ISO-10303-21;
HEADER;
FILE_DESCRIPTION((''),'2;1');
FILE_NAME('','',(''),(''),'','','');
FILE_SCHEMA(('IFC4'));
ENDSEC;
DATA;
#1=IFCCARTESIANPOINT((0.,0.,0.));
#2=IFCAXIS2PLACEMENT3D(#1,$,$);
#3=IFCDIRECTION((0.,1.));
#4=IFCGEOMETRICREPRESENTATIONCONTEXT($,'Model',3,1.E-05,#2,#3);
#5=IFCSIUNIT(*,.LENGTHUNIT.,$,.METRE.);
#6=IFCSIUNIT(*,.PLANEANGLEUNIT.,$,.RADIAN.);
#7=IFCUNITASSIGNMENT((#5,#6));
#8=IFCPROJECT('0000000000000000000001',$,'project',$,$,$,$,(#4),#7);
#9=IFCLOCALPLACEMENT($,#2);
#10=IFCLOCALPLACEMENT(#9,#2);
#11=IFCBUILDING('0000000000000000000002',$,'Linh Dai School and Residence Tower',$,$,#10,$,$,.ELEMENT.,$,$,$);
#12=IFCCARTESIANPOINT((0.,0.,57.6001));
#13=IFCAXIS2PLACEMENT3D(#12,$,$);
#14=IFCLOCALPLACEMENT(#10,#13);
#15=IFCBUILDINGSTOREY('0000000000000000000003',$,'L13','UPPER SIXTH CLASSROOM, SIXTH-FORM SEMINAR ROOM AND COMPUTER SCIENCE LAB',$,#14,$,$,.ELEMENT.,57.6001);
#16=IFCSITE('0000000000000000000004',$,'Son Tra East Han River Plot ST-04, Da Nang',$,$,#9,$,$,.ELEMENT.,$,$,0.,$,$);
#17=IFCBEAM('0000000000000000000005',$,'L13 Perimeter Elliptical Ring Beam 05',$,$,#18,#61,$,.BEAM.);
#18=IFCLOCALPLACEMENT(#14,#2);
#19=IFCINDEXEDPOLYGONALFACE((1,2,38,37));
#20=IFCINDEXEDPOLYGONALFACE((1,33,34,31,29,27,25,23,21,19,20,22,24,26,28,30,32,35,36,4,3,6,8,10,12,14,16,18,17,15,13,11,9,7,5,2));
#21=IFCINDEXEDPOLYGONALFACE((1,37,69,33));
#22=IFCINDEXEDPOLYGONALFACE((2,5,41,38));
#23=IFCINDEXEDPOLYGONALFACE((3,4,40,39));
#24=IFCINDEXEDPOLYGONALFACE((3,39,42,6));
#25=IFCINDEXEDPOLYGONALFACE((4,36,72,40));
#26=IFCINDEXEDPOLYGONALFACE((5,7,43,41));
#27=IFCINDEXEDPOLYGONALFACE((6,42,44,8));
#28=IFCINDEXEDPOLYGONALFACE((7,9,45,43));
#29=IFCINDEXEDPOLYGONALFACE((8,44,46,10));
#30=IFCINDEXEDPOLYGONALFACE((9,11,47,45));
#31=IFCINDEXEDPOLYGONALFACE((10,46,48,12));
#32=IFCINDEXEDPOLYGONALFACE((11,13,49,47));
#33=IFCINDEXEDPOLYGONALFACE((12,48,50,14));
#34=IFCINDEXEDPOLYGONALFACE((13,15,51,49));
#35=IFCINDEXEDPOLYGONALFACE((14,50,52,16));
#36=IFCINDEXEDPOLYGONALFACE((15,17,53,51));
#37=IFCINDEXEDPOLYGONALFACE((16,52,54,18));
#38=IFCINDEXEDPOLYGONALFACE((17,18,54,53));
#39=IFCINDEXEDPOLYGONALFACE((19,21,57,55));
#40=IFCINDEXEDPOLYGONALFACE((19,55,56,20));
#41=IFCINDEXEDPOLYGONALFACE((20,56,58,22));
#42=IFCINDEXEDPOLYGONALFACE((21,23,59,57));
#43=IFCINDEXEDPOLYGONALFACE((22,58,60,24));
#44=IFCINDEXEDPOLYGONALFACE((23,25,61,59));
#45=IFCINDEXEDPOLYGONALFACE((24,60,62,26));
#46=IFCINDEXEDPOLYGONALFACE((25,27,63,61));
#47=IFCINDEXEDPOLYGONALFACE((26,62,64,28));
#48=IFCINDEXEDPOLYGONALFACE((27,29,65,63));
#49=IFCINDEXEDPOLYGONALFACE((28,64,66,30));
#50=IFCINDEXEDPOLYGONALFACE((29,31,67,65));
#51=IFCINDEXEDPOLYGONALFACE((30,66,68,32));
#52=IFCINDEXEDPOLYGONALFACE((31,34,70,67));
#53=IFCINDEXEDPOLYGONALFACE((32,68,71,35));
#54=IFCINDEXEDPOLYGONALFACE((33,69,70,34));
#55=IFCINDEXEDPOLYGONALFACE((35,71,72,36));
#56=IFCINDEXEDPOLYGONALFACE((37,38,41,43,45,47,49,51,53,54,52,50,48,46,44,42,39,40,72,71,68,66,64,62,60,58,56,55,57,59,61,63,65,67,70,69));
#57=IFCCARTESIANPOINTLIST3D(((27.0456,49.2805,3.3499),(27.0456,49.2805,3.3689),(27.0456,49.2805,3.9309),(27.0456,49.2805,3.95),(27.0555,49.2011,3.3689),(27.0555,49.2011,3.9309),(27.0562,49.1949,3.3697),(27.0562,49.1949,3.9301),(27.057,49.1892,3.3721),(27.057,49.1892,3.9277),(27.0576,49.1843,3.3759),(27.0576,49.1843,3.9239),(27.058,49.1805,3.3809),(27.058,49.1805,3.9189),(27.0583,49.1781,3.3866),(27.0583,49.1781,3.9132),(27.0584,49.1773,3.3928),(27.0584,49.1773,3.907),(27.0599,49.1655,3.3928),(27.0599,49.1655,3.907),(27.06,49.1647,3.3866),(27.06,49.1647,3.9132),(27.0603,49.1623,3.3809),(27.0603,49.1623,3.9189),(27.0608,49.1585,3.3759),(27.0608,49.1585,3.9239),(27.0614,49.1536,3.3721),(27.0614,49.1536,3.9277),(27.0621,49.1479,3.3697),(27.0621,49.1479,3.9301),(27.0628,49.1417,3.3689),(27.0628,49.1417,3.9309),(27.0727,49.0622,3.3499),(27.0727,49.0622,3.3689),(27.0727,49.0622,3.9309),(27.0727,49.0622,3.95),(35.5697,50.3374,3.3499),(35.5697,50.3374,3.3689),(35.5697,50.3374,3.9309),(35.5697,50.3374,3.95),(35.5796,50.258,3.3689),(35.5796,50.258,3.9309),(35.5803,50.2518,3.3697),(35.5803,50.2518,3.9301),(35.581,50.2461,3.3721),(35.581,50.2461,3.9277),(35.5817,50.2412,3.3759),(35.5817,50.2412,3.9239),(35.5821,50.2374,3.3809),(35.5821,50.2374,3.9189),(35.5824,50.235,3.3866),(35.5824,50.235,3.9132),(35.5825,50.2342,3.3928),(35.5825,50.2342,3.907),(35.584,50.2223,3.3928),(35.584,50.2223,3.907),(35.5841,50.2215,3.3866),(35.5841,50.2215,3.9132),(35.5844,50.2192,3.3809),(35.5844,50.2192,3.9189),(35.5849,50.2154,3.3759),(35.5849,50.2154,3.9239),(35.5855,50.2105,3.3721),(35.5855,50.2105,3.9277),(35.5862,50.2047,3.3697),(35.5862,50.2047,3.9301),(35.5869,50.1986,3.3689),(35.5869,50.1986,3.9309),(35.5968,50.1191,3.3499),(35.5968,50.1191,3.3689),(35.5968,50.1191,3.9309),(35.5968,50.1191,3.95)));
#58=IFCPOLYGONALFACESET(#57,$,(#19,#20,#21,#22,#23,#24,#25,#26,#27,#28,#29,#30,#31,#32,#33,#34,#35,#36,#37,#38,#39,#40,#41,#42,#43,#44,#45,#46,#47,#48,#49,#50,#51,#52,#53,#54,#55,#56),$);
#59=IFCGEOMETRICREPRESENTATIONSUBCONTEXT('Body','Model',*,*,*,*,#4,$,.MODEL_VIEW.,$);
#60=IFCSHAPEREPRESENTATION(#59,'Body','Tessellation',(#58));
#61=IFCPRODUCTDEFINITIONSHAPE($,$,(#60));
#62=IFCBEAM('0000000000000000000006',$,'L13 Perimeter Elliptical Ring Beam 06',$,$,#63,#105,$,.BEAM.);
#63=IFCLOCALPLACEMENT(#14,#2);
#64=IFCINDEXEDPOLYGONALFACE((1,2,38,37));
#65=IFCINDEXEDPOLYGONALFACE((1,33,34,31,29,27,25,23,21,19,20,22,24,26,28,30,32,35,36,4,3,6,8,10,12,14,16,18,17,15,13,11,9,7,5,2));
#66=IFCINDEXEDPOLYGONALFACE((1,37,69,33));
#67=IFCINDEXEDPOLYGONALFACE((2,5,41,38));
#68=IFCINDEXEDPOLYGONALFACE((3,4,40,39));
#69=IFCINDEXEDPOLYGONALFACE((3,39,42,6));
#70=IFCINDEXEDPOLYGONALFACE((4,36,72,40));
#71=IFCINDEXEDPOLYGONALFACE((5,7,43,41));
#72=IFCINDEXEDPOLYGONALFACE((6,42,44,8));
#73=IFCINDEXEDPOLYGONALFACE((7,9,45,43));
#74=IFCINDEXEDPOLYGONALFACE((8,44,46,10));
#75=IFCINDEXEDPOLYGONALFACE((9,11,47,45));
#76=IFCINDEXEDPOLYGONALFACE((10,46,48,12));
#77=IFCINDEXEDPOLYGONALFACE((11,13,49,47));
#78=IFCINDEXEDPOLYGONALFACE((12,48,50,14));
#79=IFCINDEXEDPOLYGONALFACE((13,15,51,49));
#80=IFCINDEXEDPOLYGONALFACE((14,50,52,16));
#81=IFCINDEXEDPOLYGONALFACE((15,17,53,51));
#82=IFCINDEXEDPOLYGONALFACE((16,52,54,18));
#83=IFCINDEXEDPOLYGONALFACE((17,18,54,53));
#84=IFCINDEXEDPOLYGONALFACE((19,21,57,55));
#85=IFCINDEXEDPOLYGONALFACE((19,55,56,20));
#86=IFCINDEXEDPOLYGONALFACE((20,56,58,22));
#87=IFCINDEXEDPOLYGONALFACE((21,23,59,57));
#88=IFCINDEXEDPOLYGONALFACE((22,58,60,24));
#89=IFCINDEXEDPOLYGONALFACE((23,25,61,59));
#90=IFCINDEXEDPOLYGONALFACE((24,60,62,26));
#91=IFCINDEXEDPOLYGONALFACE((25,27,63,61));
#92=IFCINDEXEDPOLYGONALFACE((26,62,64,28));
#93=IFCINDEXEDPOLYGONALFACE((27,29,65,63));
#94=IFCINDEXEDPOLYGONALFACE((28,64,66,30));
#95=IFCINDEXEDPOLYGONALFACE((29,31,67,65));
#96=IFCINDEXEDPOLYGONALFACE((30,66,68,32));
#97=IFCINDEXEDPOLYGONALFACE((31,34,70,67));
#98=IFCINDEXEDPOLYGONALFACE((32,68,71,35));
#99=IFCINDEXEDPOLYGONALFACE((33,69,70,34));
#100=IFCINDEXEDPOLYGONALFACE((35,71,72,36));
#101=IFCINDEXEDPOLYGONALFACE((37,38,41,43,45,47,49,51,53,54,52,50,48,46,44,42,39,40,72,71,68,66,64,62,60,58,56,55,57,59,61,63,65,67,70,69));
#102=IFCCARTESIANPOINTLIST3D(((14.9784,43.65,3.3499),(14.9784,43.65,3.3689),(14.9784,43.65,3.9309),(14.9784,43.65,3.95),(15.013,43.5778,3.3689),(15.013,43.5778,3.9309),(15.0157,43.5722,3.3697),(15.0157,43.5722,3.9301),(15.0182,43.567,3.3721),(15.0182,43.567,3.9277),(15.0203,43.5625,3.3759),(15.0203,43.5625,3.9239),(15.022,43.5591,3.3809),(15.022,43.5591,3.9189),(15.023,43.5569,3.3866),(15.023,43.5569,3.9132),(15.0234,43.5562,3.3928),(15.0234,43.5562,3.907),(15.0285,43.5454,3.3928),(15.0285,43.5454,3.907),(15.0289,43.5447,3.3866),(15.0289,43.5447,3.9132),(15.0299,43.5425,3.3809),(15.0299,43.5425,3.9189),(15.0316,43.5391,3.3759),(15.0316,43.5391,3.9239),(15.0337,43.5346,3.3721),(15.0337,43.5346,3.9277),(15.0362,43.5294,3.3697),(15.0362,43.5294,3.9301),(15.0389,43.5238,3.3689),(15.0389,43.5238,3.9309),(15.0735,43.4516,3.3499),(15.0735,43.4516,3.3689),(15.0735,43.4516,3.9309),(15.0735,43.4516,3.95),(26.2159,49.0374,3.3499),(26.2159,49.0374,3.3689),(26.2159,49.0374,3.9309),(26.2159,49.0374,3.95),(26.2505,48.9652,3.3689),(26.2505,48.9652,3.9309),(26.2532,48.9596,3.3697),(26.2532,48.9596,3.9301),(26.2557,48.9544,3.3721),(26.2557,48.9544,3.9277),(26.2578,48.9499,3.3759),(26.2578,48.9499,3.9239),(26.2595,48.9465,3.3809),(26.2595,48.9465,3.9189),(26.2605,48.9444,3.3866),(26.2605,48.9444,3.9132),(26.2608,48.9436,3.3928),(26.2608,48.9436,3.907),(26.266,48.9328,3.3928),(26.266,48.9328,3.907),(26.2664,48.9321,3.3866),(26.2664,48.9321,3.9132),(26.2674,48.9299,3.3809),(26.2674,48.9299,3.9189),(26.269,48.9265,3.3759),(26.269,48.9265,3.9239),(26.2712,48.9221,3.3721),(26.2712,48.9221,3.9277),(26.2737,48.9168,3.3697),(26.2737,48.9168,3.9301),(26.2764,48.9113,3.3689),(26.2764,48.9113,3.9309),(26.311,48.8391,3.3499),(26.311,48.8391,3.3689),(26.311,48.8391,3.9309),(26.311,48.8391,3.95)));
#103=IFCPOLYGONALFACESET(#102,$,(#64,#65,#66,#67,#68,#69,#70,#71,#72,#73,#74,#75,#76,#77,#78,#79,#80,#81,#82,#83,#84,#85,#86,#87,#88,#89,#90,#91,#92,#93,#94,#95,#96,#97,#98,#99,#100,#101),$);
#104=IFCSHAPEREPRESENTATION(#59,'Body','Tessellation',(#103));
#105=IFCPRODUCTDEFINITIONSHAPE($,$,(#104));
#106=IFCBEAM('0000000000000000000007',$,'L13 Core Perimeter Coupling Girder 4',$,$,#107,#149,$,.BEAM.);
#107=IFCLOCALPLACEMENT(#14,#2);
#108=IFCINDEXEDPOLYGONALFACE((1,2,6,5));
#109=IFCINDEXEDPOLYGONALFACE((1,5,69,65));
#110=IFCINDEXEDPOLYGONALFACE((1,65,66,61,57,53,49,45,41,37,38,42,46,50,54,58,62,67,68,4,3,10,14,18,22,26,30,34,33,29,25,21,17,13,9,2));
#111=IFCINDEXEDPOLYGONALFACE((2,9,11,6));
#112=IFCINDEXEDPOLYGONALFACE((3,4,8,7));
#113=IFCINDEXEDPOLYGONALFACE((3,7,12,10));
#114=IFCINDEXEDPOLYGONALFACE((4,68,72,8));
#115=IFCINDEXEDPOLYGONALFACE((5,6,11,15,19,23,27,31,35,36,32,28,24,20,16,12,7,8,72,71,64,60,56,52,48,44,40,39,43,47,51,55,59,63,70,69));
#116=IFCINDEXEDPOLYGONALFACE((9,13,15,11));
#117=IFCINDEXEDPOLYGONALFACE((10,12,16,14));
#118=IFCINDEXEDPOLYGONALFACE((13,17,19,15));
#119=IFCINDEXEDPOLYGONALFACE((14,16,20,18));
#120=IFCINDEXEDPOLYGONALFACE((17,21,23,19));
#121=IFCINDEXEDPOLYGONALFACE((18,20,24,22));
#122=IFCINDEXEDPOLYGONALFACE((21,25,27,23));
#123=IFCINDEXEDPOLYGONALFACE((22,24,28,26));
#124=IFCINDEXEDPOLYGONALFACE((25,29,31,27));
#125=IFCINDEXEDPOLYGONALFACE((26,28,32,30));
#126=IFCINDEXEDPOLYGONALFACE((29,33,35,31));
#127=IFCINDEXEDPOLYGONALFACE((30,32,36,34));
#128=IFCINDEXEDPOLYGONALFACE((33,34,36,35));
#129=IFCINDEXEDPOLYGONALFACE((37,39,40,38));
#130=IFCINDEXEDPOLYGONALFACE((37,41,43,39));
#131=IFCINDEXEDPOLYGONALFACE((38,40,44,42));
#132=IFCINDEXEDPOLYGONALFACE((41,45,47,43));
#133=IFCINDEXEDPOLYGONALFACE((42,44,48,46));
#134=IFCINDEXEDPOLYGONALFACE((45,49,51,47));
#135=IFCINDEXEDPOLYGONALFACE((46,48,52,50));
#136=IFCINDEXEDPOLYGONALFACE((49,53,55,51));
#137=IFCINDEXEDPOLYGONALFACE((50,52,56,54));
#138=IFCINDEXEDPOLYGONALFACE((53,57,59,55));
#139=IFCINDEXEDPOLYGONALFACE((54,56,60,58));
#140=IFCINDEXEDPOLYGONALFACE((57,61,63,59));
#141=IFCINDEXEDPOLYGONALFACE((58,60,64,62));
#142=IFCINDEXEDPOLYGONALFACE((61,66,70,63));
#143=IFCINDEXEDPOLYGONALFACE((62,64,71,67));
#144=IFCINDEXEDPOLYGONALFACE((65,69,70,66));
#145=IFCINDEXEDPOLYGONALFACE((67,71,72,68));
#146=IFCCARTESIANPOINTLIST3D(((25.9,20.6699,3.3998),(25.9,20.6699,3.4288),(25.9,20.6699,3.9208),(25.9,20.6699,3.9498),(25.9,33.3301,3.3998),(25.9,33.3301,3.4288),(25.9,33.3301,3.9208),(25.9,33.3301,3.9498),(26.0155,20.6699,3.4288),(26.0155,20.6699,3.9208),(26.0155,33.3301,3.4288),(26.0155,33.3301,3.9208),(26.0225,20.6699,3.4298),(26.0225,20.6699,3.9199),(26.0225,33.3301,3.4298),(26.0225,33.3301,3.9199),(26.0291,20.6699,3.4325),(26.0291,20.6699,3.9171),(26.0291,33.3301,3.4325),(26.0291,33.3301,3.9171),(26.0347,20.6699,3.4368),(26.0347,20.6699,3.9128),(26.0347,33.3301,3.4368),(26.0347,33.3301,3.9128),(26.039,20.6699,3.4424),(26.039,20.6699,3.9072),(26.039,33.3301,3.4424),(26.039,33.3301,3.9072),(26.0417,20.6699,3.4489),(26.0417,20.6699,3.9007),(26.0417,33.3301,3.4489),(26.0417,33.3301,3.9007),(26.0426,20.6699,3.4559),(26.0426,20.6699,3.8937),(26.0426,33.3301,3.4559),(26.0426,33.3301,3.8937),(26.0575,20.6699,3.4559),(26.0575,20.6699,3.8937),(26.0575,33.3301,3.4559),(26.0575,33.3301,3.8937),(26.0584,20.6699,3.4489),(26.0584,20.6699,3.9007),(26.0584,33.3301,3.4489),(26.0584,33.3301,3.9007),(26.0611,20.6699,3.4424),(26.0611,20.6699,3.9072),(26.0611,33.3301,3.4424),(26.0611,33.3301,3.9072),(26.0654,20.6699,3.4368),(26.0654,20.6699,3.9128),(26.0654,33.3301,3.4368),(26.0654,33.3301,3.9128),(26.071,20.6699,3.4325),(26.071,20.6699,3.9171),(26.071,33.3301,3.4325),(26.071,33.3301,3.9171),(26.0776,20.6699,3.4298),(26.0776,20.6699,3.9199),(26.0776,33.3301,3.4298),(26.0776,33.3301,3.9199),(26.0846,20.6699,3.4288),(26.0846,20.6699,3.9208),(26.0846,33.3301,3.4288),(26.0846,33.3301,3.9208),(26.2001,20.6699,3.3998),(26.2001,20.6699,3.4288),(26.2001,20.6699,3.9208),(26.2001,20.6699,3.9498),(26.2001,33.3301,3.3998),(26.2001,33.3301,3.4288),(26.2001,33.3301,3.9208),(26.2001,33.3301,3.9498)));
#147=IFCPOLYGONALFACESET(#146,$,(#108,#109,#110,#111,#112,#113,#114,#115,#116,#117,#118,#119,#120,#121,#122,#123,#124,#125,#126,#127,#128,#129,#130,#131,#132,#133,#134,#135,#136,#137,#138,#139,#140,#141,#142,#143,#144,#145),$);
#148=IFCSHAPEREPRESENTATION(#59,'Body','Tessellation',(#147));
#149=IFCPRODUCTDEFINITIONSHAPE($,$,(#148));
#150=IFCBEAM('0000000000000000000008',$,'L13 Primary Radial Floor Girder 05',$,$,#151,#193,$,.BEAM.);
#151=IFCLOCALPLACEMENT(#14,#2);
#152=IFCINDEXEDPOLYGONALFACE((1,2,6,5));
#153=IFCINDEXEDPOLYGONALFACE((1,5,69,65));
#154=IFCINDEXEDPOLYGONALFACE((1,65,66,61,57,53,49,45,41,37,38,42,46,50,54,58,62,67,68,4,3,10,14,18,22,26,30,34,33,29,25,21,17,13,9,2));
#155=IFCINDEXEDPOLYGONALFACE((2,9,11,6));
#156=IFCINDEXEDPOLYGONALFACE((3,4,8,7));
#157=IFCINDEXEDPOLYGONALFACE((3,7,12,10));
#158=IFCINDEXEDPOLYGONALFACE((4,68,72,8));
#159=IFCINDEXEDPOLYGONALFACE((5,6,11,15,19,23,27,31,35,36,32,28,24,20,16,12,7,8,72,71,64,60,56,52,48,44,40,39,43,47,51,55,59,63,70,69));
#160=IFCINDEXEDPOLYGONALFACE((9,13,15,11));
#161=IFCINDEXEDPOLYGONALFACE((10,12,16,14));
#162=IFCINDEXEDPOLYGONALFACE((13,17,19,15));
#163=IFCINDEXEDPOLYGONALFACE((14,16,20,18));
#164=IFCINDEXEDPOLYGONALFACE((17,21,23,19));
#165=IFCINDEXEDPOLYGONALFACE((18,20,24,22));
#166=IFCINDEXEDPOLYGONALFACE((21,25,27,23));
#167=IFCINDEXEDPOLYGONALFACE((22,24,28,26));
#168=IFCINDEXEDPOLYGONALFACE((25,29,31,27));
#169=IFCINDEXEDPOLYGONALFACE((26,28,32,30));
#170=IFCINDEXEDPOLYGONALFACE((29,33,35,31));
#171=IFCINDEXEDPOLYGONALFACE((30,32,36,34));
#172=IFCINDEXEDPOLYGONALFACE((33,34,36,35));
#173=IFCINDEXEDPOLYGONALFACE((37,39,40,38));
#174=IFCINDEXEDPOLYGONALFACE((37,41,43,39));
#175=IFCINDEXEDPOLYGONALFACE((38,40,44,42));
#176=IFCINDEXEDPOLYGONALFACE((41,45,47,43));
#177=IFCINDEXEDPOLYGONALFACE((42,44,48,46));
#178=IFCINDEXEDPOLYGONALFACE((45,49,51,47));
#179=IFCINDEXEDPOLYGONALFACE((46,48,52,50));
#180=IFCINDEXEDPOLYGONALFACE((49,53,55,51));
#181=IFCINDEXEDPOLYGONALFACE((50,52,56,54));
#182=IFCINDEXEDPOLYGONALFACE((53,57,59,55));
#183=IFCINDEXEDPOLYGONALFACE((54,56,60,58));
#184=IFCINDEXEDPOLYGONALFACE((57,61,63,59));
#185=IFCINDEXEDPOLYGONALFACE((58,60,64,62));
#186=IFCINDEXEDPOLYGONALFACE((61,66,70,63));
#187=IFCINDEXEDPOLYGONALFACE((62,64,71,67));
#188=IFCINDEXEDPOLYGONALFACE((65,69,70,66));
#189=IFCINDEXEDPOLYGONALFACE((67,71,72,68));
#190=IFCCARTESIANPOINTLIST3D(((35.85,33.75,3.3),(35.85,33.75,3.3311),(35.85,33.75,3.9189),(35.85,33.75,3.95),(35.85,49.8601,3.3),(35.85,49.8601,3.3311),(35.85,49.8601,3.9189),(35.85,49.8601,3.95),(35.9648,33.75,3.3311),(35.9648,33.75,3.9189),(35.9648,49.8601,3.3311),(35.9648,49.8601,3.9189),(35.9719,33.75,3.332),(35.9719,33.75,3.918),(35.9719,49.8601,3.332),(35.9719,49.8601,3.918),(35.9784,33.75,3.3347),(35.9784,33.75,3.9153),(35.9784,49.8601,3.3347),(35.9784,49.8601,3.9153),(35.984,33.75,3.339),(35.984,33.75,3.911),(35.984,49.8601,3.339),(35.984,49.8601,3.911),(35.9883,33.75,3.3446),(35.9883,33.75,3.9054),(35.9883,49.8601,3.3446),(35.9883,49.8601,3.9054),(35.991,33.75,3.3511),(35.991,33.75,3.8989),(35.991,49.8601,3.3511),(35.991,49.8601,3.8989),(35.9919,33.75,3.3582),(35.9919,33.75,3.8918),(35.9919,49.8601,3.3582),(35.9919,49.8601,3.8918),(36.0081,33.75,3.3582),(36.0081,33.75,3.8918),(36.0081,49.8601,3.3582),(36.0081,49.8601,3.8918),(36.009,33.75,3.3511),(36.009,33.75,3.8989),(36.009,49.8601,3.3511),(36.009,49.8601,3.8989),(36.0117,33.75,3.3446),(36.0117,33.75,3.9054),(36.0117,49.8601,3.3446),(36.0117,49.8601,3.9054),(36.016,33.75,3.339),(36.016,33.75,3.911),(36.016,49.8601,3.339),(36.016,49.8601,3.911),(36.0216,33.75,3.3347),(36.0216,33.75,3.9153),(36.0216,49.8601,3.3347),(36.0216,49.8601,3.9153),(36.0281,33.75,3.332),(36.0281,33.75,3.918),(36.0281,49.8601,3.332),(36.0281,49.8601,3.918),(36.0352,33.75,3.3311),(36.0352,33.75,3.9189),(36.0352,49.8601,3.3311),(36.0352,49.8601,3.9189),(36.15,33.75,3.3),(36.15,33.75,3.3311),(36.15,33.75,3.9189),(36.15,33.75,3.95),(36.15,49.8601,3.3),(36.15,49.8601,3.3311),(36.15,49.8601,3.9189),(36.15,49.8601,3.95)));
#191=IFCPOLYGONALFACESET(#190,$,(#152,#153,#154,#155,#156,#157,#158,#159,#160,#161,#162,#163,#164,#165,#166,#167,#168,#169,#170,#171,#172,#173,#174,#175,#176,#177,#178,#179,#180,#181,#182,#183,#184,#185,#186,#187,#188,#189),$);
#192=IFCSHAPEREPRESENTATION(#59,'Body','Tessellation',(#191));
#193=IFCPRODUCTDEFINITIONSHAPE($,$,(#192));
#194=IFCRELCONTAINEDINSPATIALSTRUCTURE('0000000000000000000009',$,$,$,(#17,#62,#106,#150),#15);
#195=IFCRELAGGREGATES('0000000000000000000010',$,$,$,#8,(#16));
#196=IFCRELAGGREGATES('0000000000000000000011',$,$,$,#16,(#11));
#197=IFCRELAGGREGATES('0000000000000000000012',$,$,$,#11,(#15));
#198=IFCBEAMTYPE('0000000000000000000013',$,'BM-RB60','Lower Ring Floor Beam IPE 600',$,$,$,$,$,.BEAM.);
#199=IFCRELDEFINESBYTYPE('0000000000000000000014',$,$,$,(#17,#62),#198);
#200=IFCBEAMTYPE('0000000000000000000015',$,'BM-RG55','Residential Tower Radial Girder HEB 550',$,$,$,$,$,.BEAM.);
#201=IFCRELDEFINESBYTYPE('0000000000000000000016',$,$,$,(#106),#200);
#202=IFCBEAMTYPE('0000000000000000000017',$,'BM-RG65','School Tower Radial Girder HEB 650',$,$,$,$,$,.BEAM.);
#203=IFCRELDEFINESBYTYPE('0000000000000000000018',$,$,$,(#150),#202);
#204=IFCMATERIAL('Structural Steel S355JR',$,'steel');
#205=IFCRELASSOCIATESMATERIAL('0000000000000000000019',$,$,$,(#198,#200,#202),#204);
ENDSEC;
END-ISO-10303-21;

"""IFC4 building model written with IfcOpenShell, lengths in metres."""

from ifc_helpers import new_model, si_unit, direction, frame, origin, origin_2d, place, context, subcontext, project, spatial, i_section, extrude, material, material_profile, profile_set, type_object, element, save


model = new_model("IFC4")

# Units and contexts
model_context = context("Model", 3, precision=1e-05, world=origin(), true_north=direction((0.0, 1.0)))
body_context = subcontext(model_context, "Body", "Model", "MODEL_VIEW")
ifc_project = project(units=[si_unit("LENGTHUNIT", "METRE"), si_unit("PLANEANGLEUNIT", "RADIAN")], contexts=[model_context])

# Site, building, storey
site_placement = place(None, origin())
site = spatial("IfcSite", under=ifc_project, at=site_placement, Name="Son Tra East Han River Plot ST-04, Da Nang", CompositionType="ELEMENT", RefElevation=0.0)
building_placement = place(site_placement, origin())
building = spatial("IfcBuilding", under=site, at=building_placement, Name="Linh Dai School and Residence Tower", CompositionType="ELEMENT")
storey_placement = place(building_placement, frame((0.0, 0.0, 57.6001)))
storey = spatial("IfcBuildingStorey", under=building, at=storey_placement, Name="L13", Description="UPPER SIXTH CLASSROOM, SIXTH-FORM SEMINAR ROOM AND COMPUTER SCIENCE LAB", CompositionType="ELEMENT", Elevation=57.6001)

# Shared definitions
ifc_material_1 = material(Name="Structural Steel S355JR", Category="steel")

# Beams
ifc_material_profile_1 = material_profile(ifc_material_1, i_section(OverallWidth=0.22, OverallDepth=0.6001, WebThickness=0.012, FlangeThickness=0.019, FilletRadius=0.0239, at=origin_2d()), Name="IPE 600")
ifc_profile_set_1 = profile_set([ifc_material_profile_1], Name="Structural Steel S355JR")
beam_type_1 = type_object("IfcBeamType", Name="BM-RB60", Description="Lower Ring Floor Beam IPE 600", PredefinedType="BEAM", material=ifc_profile_set_1)
beam_1_placement = place(storey_placement, frame((35.5833, 50.2283, 3.6499), z_axis=(-0.992401, -0.123045, 0.0), x_axis=(0.123045, -0.992401, 0.0)))
element("IfcBeam", 1, at=beam_1_placement, inside=storey, type_object=beam_type_1, Name="L13 Perimeter Elliptical Ring Beam 05", PredefinedType="BEAM", context=body_context, shape_type="SweptSolid", body=[
    extrude(i_section(OverallWidth=0.22, OverallDepth=0.6001, WebThickness=0.012, FlangeThickness=0.019, FilletRadius=0.0239, at=origin_2d()), origin(), (0.0, 0.0, 1.0), 8.5894),
])
beam_2_placement = place(storey_placement, frame((26.2634, 48.9382, 3.6499), z_axis=(-0.901729, -0.432302, 0.0), x_axis=(0.432302, -0.901729, 0.0)))
element("IfcBeam", 2, at=beam_2_placement, inside=storey, type_object=beam_type_1, Name="L13 Perimeter Elliptical Ring Beam 06", PredefinedType="BEAM", context=body_context, shape_type="SweptSolid", body=[
    extrude(i_section(OverallWidth=0.22, OverallDepth=0.6001, WebThickness=0.012, FlangeThickness=0.019, FilletRadius=0.0239, at=origin_2d()), origin(), (0.0, 0.0, 1.0), 12.4622),
])
ifc_material_profile_2 = material_profile(ifc_material_1, i_section(OverallWidth=0.3, OverallDepth=0.55, WebThickness=0.0149, FlangeThickness=0.0291, FilletRadius=0.0271, at=origin_2d()), Name="HEB 550")
ifc_profile_set_2 = profile_set([ifc_material_profile_2], Name="Structural Steel S355JR")
beam_type_2 = type_object("IfcBeamType", Name="BM-RG55", Description="Residential Tower Radial Girder HEB 550", PredefinedType="BEAM", material=ifc_profile_set_2)
beam_3_placement = place(storey_placement, frame((26.05, 33.3301, 3.6748), z_axis=(0.0, -1.0, 0.0), x_axis=(1.0, 0.0, 0.0)))
element("IfcBeam", 3, at=beam_3_placement, inside=storey, type_object=beam_type_2, Name="L13 Core Perimeter Coupling Girder 4", PredefinedType="BEAM", context=body_context, shape_type="SweptSolid", body=[
    extrude(i_section(OverallWidth=0.3, OverallDepth=0.55, WebThickness=0.0149, FlangeThickness=0.0291, FilletRadius=0.0271, at=origin_2d()), origin(), (0.0, 0.0, 1.0), 12.6602),
])
ifc_material_profile_3 = material_profile(ifc_material_1, i_section(OverallWidth=0.3, OverallDepth=0.6499, WebThickness=0.0161, FlangeThickness=0.031, FilletRadius=0.0271, at=origin_2d()), Name="HEB 650")
ifc_profile_set_3 = profile_set([ifc_material_profile_3], Name="Structural Steel S355JR")
beam_type_3 = type_object("IfcBeamType", Name="BM-RG65", Description="School Tower Radial Girder HEB 650", PredefinedType="BEAM", material=ifc_profile_set_3)
beam_4_placement = place(storey_placement, frame((36.0, 33.75, 3.625), z_axis=(0.0, 1.0, 0.0), x_axis=(-1.0, 0.0, 0.0)))
element("IfcBeam", 4, at=beam_4_placement, inside=storey, type_object=beam_type_3, Name="L13 Primary Radial Floor Girder 05", PredefinedType="BEAM", context=body_context, shape_type="SweptSolid", body=[
    extrude(i_section(OverallWidth=0.3, OverallDepth=0.6499, WebThickness=0.0161, FlangeThickness=0.031, FilletRadius=0.0271, at=origin_2d()), origin(), (0.0, 0.0, 1.0), 16.1101),
])

save(model, "model.ifc")
